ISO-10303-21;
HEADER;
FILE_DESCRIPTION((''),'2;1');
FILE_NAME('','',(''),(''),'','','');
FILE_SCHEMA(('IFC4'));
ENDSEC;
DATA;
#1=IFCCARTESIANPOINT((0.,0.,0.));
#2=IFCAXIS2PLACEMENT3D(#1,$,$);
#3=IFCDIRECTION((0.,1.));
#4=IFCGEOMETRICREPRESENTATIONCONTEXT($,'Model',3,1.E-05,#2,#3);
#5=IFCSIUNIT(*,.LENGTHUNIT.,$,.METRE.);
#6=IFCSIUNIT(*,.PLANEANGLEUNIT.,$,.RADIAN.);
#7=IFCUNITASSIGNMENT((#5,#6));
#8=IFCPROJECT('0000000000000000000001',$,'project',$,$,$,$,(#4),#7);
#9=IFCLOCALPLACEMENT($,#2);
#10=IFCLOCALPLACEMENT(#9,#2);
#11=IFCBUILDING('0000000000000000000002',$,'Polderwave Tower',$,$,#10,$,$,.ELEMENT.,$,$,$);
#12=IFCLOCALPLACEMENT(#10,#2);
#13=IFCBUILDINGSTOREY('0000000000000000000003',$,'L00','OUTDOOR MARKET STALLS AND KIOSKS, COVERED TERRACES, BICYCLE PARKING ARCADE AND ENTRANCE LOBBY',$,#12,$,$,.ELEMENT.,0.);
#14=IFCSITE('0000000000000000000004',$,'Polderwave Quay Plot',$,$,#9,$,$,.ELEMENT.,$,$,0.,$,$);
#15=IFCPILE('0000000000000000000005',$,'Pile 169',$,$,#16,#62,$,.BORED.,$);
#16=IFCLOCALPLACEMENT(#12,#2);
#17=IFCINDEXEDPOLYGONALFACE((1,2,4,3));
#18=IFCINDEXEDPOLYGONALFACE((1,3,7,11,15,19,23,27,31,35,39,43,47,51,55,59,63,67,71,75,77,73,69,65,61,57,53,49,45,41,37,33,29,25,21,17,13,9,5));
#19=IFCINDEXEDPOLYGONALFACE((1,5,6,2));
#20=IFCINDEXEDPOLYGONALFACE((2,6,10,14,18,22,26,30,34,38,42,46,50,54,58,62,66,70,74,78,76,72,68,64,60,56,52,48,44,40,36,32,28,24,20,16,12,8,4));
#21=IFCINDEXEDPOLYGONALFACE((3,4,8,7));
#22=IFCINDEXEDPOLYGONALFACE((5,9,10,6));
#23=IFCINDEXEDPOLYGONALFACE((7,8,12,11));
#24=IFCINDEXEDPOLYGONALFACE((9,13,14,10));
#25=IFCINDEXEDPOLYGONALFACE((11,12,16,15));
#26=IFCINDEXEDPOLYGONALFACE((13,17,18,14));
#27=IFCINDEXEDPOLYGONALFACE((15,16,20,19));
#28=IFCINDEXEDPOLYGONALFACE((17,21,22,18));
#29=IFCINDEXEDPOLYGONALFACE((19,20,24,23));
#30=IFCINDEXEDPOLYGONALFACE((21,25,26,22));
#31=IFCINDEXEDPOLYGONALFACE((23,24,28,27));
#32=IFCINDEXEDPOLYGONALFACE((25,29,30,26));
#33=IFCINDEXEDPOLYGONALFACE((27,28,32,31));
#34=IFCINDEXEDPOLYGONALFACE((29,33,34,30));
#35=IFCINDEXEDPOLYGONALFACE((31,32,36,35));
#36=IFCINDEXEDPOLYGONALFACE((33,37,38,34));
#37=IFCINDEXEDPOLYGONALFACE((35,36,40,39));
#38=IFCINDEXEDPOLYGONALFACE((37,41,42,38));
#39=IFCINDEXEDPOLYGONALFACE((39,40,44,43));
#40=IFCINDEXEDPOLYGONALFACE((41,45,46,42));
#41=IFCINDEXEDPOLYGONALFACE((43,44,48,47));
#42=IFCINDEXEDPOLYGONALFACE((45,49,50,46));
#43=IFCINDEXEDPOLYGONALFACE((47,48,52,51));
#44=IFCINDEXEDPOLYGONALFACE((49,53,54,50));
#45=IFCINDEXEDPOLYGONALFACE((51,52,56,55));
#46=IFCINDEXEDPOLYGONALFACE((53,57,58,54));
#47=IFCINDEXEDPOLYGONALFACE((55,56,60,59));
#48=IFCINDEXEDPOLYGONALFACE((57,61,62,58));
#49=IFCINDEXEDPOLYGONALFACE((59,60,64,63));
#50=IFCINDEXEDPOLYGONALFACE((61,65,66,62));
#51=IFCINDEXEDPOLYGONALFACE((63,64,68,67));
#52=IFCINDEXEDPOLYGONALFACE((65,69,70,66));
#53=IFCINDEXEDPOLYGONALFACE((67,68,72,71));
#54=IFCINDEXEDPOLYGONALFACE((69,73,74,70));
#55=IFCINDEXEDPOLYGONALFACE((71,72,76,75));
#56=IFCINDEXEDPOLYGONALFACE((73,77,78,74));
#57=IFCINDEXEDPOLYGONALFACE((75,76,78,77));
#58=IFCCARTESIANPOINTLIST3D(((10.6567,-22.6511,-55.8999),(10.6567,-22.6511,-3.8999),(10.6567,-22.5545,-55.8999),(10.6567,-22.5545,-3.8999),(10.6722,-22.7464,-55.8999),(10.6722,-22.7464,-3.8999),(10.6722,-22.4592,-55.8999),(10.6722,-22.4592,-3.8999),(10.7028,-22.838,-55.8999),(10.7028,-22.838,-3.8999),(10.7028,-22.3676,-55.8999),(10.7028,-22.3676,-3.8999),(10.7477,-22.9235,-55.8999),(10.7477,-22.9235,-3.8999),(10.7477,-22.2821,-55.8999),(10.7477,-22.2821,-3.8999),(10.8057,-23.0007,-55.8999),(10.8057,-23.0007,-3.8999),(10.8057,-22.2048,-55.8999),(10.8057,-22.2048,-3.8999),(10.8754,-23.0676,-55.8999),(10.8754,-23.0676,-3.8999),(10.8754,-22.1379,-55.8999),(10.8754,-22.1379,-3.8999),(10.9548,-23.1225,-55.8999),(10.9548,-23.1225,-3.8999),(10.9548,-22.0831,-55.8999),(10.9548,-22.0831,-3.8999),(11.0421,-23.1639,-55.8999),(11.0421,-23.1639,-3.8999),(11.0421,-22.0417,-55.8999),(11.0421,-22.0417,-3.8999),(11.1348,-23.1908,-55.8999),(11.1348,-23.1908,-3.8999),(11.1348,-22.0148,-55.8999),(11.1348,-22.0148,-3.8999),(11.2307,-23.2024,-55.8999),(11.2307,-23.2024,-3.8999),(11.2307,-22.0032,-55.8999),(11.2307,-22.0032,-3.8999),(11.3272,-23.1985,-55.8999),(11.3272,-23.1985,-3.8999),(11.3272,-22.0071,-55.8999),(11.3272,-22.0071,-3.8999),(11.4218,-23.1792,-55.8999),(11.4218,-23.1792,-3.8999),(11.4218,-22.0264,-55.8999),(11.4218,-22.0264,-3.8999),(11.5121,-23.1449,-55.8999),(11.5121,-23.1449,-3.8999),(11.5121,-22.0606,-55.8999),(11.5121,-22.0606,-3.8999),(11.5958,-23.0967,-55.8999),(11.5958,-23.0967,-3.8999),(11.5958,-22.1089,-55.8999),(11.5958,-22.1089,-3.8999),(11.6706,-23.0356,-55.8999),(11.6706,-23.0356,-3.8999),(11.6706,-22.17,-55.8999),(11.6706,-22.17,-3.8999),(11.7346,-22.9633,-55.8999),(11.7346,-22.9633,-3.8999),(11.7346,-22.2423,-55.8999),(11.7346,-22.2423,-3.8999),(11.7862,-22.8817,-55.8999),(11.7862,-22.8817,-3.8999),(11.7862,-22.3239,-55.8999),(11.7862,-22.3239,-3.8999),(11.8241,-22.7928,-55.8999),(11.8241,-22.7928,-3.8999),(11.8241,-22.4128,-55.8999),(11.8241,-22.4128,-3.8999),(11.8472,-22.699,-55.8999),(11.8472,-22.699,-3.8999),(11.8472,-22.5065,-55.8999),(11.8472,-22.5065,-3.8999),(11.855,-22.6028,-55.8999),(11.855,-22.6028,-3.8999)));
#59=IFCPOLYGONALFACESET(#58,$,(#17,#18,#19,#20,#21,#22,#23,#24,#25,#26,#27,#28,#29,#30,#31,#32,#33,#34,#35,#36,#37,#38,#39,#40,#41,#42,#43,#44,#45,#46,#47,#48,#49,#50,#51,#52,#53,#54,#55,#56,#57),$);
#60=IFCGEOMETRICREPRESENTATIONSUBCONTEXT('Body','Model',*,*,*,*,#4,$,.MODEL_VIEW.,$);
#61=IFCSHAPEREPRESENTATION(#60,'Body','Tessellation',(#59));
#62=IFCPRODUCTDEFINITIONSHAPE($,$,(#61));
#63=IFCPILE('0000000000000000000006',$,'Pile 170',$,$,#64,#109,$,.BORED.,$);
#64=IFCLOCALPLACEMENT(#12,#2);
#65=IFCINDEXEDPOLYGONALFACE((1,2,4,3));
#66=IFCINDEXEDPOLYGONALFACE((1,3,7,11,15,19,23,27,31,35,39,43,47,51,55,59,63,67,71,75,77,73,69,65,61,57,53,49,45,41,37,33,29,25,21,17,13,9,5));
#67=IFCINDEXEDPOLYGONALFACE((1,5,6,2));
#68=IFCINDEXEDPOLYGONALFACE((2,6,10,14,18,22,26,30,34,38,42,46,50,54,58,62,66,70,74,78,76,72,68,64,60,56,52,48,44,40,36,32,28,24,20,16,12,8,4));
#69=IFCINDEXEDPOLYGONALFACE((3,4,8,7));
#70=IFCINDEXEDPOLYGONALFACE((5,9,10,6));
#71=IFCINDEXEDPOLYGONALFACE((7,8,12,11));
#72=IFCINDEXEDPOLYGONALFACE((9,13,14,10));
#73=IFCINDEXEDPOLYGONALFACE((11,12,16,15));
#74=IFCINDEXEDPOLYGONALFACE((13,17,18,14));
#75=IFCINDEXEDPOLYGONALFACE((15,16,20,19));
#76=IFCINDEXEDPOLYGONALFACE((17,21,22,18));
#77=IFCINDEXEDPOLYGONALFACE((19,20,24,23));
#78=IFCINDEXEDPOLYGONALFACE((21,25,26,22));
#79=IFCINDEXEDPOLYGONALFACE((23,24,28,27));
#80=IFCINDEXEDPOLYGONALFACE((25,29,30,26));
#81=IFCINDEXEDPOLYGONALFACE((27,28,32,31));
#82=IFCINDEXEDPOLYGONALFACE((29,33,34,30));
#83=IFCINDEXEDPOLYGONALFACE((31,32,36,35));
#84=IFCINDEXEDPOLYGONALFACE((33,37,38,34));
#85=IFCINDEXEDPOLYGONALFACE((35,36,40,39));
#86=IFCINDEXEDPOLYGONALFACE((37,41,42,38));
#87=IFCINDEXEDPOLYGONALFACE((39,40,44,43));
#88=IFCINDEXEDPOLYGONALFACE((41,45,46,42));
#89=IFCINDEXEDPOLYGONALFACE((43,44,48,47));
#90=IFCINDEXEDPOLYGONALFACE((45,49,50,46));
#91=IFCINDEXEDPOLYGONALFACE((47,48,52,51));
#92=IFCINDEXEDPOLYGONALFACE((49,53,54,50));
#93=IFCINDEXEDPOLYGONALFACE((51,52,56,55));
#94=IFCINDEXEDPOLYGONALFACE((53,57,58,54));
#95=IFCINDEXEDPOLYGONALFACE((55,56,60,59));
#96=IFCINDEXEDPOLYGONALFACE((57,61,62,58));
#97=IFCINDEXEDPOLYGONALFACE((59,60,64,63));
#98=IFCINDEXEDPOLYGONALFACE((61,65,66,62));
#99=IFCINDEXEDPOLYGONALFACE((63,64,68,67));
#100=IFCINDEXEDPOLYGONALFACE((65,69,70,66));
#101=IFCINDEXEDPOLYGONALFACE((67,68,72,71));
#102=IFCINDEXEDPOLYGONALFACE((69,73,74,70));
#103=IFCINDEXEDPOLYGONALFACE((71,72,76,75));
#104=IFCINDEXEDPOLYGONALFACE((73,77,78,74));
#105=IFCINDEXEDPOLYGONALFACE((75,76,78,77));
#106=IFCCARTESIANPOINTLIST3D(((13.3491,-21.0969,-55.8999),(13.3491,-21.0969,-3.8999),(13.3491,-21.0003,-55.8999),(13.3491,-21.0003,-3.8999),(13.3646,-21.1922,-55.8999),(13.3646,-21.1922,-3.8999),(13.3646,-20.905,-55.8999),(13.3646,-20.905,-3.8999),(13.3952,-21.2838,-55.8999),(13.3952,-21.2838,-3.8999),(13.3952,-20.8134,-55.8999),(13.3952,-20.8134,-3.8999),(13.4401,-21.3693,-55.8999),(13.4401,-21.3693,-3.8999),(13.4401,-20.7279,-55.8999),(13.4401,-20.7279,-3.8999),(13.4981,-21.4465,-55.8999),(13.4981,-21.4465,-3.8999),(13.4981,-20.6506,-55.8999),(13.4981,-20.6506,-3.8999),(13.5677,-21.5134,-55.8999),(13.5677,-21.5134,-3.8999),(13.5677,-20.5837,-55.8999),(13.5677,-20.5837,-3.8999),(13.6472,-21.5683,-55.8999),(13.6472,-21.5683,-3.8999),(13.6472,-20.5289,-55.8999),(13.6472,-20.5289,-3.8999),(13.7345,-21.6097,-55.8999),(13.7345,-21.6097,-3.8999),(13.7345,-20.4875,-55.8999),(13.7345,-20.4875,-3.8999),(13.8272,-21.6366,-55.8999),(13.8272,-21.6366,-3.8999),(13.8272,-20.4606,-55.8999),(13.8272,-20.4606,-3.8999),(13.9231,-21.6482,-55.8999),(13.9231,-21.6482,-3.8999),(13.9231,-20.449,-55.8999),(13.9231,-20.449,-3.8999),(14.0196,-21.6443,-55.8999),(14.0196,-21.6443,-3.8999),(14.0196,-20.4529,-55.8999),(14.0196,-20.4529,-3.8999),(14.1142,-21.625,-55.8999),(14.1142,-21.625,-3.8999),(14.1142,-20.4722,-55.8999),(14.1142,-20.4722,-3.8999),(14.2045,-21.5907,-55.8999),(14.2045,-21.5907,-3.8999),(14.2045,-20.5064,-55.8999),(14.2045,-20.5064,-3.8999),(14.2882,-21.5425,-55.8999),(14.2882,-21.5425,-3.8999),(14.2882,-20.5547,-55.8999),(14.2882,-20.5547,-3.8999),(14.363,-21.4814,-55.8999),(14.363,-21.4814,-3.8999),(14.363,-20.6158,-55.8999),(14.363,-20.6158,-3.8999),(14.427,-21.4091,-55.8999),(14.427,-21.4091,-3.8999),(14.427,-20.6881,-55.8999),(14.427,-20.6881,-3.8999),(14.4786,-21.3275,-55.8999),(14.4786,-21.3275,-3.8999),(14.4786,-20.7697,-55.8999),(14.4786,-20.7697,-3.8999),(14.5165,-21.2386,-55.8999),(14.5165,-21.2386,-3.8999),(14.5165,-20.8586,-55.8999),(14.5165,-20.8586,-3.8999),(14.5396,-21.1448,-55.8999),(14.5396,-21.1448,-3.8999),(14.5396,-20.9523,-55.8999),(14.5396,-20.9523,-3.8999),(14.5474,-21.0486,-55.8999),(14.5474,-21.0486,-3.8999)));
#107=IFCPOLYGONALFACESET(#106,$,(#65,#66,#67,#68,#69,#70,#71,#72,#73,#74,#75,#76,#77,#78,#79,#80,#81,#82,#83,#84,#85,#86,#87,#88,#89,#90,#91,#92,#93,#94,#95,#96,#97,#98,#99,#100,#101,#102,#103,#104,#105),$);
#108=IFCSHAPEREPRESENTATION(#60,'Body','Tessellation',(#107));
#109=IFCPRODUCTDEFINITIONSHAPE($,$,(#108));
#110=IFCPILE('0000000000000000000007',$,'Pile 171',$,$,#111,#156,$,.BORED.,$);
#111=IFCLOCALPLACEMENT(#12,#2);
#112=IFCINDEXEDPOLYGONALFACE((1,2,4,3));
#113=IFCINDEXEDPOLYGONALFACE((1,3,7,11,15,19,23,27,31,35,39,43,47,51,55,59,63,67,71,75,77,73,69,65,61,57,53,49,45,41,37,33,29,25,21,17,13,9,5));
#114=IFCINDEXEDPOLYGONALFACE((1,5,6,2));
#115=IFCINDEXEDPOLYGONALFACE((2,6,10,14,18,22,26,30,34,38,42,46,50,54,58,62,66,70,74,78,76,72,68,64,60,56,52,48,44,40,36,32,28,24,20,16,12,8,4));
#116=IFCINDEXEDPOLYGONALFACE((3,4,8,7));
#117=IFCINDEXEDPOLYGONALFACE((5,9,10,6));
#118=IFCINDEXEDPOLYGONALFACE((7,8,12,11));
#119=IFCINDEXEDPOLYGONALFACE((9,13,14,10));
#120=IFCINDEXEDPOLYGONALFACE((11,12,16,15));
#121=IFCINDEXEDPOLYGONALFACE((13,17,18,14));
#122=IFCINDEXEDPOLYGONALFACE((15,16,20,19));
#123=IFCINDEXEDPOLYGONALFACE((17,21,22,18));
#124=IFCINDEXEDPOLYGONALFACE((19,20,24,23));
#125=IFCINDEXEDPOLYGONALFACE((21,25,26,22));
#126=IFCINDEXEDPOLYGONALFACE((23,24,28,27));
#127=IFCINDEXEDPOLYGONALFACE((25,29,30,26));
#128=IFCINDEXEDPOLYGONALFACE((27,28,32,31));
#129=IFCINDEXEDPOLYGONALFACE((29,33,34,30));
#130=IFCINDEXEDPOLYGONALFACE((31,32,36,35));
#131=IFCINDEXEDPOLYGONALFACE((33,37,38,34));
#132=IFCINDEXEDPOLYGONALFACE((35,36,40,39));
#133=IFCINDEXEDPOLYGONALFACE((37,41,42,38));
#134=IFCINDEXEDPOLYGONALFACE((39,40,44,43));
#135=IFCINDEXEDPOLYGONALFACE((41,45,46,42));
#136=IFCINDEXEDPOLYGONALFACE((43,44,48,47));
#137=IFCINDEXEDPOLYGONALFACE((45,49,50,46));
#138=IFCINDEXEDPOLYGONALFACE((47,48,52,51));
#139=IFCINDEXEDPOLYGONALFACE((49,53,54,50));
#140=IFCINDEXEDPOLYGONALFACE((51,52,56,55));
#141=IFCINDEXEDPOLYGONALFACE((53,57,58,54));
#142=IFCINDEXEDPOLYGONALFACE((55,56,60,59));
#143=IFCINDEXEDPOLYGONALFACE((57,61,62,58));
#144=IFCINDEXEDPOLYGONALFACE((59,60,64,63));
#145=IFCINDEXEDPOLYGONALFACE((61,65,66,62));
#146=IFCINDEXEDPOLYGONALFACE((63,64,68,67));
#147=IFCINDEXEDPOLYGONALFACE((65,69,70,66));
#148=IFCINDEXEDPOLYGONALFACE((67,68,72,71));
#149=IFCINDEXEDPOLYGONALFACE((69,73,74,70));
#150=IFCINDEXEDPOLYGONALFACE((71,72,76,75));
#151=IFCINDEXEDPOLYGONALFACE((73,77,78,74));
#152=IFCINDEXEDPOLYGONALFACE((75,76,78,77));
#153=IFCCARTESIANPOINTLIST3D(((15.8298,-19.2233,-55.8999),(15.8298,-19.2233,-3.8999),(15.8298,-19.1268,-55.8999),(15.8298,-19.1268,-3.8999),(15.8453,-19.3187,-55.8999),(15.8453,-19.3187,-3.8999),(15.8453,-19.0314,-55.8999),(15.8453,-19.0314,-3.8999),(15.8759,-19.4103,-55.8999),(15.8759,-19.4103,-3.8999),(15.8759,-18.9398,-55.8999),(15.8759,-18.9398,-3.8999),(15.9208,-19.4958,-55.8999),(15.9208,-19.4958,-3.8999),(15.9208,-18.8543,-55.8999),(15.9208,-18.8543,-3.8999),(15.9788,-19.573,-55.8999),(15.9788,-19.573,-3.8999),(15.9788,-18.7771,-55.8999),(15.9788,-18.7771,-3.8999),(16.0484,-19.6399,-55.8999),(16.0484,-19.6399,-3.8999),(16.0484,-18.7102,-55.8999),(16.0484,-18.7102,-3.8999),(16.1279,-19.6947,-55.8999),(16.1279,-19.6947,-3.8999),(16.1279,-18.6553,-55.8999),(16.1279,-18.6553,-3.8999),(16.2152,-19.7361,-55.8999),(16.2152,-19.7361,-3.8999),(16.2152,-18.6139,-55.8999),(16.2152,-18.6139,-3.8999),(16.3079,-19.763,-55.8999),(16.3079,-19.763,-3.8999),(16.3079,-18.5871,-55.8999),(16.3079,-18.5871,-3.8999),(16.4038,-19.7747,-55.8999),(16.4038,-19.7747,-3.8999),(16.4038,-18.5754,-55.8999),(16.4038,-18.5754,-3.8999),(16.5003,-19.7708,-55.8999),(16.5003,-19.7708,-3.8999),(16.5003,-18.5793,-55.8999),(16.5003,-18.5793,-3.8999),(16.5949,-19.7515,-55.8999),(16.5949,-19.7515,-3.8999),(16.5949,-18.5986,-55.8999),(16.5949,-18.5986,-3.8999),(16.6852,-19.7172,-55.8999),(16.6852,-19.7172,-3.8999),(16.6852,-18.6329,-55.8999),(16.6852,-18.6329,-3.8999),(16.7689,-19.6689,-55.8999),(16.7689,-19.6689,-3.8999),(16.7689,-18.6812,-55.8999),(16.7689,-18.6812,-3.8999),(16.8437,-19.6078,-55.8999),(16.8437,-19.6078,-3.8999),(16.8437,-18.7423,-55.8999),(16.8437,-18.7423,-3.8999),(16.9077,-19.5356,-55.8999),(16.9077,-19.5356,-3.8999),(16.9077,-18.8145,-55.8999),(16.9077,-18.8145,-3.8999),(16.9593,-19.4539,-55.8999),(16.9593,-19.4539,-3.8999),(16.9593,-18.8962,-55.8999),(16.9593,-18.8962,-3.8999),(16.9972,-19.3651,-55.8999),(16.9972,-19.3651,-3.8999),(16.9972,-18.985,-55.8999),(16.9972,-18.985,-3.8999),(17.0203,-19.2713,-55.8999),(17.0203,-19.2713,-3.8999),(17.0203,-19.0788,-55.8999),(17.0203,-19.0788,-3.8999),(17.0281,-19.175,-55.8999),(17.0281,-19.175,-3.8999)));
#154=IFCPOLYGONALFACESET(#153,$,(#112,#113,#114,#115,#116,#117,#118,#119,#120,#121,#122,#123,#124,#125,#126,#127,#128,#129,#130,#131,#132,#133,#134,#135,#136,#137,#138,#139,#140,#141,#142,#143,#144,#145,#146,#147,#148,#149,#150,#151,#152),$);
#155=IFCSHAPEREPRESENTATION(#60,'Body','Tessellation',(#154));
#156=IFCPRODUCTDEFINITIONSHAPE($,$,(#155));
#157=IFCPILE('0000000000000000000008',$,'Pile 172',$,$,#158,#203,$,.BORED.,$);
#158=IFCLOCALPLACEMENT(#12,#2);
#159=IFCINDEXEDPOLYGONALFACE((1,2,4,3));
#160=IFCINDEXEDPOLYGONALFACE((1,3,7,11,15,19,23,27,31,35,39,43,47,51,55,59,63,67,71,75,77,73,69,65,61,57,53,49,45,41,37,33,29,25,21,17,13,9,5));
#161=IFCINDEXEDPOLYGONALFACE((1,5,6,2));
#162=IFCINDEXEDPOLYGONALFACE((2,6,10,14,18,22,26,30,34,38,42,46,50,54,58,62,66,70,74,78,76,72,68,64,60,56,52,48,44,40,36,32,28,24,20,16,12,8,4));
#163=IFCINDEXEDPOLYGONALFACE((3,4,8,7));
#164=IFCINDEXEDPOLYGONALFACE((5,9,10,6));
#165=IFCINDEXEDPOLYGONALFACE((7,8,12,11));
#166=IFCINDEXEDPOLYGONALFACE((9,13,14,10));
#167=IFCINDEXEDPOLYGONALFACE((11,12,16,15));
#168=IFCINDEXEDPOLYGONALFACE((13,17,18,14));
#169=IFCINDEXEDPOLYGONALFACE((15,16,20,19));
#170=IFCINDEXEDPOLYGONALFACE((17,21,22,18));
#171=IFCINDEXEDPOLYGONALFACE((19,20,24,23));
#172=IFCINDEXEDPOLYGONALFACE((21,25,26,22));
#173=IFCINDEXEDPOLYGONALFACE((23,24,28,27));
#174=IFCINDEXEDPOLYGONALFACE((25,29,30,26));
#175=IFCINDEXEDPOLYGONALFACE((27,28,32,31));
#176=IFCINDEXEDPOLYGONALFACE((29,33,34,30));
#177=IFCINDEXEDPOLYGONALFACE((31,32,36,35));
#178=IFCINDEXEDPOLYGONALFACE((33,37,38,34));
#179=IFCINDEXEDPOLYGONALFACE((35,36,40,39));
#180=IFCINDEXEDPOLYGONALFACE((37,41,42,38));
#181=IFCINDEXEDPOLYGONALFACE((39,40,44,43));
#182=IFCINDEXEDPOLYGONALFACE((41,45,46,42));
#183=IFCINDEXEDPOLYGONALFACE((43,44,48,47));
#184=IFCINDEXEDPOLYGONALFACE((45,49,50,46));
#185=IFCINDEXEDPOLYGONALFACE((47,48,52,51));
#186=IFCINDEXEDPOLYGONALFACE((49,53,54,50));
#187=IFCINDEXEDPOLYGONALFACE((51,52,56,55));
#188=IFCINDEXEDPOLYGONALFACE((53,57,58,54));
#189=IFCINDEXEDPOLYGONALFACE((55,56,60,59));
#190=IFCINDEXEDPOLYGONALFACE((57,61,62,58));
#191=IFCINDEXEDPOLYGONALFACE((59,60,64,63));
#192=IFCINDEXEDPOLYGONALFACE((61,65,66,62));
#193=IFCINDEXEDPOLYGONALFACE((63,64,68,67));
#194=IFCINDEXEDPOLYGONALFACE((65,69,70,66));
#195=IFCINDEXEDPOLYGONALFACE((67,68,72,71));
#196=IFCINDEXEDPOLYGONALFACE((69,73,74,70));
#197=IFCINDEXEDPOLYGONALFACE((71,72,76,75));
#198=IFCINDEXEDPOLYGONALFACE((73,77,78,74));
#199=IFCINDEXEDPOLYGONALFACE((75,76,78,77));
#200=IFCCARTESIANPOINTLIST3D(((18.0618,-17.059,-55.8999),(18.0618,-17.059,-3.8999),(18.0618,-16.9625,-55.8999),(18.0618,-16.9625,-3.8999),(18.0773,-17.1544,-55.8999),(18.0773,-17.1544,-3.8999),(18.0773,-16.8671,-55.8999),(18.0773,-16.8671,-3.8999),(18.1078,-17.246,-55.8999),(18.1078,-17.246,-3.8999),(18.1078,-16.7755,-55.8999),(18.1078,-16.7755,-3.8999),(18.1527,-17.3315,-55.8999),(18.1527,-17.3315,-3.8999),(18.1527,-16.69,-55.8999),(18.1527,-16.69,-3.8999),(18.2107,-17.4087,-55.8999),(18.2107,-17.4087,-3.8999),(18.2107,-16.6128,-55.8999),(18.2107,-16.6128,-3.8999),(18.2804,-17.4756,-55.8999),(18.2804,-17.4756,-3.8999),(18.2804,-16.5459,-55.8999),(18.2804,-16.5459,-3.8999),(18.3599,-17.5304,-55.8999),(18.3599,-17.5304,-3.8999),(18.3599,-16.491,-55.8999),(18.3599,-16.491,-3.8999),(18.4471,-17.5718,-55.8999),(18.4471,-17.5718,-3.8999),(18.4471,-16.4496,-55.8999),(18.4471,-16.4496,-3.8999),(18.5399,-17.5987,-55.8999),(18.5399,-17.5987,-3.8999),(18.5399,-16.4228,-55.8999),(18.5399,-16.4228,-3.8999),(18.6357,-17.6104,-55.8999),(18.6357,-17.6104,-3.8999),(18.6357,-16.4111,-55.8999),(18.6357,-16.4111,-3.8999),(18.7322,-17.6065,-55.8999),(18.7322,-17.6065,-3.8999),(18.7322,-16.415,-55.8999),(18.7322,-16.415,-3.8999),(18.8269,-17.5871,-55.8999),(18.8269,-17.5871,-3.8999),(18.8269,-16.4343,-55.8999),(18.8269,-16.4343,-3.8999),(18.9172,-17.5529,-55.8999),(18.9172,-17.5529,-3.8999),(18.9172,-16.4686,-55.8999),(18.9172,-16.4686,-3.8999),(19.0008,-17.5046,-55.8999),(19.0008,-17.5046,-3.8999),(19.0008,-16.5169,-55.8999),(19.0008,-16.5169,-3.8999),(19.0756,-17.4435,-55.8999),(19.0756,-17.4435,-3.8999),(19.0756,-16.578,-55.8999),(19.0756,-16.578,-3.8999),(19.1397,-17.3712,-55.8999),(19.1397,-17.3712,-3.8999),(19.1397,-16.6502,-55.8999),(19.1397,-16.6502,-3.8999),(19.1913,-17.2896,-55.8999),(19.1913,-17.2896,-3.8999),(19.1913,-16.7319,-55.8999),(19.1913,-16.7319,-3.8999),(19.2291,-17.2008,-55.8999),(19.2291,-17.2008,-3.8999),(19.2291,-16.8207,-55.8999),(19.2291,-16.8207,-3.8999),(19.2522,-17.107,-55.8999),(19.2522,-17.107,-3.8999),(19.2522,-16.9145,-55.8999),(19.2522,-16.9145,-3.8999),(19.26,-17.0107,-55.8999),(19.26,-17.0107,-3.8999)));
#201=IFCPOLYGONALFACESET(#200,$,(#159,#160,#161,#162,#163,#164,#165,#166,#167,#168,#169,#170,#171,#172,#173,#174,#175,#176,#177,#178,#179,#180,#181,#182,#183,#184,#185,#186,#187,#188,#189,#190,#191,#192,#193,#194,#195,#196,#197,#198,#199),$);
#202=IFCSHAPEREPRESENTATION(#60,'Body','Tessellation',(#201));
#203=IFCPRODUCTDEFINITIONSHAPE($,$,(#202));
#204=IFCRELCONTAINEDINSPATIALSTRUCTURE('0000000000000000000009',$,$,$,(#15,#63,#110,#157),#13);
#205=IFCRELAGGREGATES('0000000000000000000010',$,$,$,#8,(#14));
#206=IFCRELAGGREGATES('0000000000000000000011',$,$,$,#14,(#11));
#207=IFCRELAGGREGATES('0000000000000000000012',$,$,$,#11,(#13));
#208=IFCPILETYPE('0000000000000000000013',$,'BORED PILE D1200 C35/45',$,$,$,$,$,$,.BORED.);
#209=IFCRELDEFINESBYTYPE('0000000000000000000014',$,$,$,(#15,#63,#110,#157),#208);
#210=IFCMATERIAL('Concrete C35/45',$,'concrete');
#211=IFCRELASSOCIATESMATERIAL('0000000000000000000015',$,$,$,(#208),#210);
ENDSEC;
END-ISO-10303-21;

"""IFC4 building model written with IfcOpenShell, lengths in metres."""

from ifc_helpers import new_model, si_unit, direction, frame, origin, origin_2d, place, context, subcontext, project, spatial, circle, extrude, material, material_profile, profile_set, type_object, element, save


model = new_model("IFC4")

# Units and contexts
model_context = context("Model", 3, precision=1e-05, world=origin(), true_north=direction((0.0, 1.0)))
body_context = subcontext(model_context, "Body", "Model", "MODEL_VIEW")
ifc_project = project(units=[si_unit("LENGTHUNIT", "METRE"), si_unit("PLANEANGLEUNIT", "RADIAN")], contexts=[model_context])

# Site, building, storey
site_placement = place(None, origin())
site = spatial("IfcSite", under=ifc_project, at=site_placement, Name="Polderwave Quay Plot", CompositionType="ELEMENT", RefElevation=0.0)
building_placement = place(site_placement, origin())
building = spatial("IfcBuilding", under=site, at=building_placement, Name="Polderwave Tower", CompositionType="ELEMENT")
storey_placement = place(building_placement, origin())
storey = spatial("IfcBuildingStorey", under=building, at=storey_placement, Name="L00", Description="OUTDOOR MARKET STALLS AND KIOSKS, COVERED TERRACES, BICYCLE PARKING ARCADE AND ENTRANCE LOBBY", CompositionType="ELEMENT", Elevation=0.0)

# Piles
ifc_material_1 = material(Name="Concrete C35/45", Category="concrete")
ifc_material_profile_1 = material_profile(ifc_material_1, circle(Radius=0.6001, at=origin_2d()), Name="BORED D1200")
ifc_profile_set_1 = profile_set([ifc_material_profile_1], Name="Concrete C35/45")
pile_type = type_object("IfcPileType", Name="BORED PILE D1200 C35/45", PredefinedType="BORED", material=ifc_profile_set_1)
for number, where, z_axis, x_axis, name in (
    (1, (11.2549, -22.6028, -3.8999), (0.0, 0.0, -1.0), (1.0, 0.0, 0.0), "Pile 169"),
    (2, (13.9473, -21.0486, -3.8999), (0.0, 0.0, -1.0), (1.0, 0.0, 0.0), "Pile 170"),
    (3, (16.428, -19.175, -3.8999), (0.0, 0.0, -1.0), (1.0, 0.0, 0.0), "Pile 171"),
    (4, (18.6599, -17.0107, -3.8999), (0.0, 0.0, -1.0), (1.0, 0.0, 0.0), "Pile 172"),
):
    element("IfcPile", number, at=place(storey_placement, frame(where, z_axis=z_axis, x_axis=x_axis)), inside=storey, type_object=pile_type, Name=name, PredefinedType="BORED", context=body_context, shape_type="SweptSolid", body=[
        extrude(circle(Radius=0.6001, at=origin_2d()), origin(), (0.0, 0.0, 1.0), 52.0),
    ])

save(model, "model.ifc")
